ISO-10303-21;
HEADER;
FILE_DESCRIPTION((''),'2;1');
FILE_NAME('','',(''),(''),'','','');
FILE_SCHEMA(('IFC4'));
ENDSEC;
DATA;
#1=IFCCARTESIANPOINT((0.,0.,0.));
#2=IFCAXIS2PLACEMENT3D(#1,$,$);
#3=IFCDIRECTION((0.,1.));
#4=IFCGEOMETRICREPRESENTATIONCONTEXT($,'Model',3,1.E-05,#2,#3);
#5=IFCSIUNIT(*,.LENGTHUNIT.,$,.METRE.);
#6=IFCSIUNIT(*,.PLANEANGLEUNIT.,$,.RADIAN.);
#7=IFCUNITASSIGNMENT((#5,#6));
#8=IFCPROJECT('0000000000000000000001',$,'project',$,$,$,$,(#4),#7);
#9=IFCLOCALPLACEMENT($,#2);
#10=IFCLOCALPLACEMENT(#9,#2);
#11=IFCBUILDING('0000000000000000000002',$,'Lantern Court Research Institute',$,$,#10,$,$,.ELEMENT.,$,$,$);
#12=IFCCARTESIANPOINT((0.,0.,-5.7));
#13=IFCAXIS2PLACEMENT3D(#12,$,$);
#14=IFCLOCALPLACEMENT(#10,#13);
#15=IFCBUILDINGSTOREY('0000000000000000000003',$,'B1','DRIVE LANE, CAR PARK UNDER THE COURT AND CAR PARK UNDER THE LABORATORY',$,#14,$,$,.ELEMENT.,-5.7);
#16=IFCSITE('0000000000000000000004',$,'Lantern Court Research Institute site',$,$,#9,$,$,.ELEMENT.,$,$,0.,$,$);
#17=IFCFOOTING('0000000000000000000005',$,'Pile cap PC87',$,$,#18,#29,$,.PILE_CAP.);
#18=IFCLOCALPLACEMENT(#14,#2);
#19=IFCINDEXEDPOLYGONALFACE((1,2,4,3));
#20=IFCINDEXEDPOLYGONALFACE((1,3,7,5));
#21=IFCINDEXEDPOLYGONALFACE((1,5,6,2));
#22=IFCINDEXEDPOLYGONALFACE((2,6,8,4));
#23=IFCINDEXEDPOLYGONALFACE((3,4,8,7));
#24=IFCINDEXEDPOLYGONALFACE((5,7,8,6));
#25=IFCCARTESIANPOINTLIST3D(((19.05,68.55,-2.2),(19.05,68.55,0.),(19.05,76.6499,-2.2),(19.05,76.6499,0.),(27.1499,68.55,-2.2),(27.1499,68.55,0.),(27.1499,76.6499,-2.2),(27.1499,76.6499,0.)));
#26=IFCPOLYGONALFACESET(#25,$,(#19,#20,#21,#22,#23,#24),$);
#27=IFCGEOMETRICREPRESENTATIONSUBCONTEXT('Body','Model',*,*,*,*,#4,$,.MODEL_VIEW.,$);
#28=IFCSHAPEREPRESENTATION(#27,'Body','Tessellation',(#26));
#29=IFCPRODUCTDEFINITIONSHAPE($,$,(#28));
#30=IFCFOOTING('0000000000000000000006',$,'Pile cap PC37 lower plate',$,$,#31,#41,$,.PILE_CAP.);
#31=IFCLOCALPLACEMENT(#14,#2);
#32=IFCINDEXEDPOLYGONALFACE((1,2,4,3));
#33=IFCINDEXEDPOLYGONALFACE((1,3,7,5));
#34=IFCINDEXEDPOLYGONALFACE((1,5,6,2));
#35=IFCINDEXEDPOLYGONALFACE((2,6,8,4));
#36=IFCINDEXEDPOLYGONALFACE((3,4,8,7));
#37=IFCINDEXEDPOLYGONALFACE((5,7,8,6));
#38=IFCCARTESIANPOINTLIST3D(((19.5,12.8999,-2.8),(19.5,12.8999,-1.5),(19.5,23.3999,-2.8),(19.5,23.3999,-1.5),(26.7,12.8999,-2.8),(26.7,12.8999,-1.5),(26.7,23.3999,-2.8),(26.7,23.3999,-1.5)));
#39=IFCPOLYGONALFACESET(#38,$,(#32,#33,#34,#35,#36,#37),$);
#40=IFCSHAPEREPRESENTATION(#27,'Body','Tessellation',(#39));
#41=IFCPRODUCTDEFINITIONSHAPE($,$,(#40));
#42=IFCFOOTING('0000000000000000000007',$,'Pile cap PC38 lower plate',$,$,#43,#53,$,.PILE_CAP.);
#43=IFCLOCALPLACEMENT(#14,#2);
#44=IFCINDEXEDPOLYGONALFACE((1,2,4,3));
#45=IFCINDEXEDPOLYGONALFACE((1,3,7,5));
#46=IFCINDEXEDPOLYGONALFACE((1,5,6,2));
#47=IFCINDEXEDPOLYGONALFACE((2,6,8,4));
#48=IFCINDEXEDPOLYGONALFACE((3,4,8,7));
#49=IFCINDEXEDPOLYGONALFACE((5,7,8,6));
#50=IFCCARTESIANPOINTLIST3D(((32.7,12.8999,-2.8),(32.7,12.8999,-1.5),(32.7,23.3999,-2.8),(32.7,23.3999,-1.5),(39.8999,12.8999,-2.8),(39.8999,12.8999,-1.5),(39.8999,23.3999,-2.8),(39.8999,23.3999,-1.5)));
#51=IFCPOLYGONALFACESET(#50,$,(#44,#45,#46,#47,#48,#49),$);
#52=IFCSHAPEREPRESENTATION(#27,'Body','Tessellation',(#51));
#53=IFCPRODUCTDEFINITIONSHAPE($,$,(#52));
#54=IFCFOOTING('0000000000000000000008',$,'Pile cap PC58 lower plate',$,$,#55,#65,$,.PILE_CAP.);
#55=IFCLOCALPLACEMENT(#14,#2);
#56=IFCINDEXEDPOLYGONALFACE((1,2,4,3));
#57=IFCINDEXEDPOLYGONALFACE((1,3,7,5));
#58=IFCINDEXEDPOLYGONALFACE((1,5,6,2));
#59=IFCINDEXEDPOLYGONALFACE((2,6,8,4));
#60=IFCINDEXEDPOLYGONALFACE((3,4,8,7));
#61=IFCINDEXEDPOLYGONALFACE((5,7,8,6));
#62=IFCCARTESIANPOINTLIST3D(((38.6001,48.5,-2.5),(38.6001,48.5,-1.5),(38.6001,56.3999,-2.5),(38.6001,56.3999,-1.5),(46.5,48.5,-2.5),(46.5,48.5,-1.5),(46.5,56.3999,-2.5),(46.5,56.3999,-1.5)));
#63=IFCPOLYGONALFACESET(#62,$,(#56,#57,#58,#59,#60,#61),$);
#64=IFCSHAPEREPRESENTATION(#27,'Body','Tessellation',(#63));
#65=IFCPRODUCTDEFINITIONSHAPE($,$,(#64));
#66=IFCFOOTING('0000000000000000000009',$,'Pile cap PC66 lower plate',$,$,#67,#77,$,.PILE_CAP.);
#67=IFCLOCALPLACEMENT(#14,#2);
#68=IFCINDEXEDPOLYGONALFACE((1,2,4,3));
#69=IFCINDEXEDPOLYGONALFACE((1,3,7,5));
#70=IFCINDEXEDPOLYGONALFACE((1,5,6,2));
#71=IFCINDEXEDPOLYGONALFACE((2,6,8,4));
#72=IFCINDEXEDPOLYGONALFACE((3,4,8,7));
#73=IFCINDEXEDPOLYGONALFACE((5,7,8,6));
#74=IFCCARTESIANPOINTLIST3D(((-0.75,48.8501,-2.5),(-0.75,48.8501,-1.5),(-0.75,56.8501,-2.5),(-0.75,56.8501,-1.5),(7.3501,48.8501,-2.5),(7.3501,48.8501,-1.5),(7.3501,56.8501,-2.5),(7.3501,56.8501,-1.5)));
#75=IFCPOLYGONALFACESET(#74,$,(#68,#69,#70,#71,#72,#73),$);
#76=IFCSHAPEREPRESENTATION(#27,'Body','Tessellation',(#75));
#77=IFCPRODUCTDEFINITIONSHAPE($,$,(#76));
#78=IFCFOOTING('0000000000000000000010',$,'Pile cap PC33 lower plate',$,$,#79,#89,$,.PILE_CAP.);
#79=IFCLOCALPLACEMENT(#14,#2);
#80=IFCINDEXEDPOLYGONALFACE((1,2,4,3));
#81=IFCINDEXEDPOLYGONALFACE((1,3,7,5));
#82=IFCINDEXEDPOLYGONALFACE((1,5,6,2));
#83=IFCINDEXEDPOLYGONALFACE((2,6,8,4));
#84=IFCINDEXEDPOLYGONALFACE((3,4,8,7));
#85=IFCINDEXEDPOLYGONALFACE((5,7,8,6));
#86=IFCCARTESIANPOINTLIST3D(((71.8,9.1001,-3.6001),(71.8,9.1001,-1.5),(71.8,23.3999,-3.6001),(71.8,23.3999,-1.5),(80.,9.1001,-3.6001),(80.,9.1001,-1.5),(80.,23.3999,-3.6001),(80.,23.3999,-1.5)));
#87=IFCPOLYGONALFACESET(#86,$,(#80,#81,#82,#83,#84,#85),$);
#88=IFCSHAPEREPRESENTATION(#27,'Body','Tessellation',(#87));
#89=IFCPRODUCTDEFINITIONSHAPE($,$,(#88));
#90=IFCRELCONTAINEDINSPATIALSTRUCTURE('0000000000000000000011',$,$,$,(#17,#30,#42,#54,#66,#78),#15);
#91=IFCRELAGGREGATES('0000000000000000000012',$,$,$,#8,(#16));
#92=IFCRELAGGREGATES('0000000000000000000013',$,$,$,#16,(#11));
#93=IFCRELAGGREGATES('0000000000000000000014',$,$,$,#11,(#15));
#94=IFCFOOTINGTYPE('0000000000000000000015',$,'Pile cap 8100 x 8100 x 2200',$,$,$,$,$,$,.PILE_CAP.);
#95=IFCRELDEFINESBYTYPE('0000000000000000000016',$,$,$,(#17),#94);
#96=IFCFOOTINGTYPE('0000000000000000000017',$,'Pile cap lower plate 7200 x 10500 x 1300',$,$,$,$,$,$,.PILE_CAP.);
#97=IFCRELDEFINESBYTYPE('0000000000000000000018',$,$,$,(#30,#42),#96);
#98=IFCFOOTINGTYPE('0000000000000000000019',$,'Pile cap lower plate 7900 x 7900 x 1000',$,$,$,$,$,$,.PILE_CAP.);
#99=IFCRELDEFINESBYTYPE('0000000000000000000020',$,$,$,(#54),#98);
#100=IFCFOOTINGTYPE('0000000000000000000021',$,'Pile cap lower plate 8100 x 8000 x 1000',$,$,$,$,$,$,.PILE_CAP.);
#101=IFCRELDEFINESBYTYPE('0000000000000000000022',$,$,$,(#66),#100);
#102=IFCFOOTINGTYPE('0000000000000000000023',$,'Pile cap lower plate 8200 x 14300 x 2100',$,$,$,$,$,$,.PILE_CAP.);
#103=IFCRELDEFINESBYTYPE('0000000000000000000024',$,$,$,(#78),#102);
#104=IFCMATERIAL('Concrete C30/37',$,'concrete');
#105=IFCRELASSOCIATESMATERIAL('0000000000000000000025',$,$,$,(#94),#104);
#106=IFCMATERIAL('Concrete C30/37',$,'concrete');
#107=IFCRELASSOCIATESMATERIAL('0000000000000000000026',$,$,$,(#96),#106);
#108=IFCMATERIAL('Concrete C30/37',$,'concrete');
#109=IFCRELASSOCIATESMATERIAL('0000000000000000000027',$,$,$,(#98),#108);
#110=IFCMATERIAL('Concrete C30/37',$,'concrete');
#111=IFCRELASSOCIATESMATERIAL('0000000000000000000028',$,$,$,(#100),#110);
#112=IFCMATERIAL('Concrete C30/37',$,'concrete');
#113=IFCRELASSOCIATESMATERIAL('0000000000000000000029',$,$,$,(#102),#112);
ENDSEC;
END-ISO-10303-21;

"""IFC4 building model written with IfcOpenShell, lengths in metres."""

from ifc_helpers import new_model, si_unit, direction, frame, origin, place, context, subcontext, project, spatial, polyline, outline, extrude, material, type_object, element, save


model = new_model("IFC4")

# Units and contexts
model_context = context("Model", 3, precision=1e-05, world=origin(), true_north=direction((0.0, 1.0)))
body_context = subcontext(model_context, "Body", "Model", "MODEL_VIEW")
ifc_project = project(units=[si_unit("LENGTHUNIT", "METRE"), si_unit("PLANEANGLEUNIT", "RADIAN")], contexts=[model_context])

# Site, building, storey
site_placement = place(None, origin())
site = spatial("IfcSite", under=ifc_project, at=site_placement, Name="Lantern Court Research Institute site", CompositionType="ELEMENT", RefElevation=0.0)
building_placement = place(site_placement, origin())
building = spatial("IfcBuilding", under=site, at=building_placement, Name="Lantern Court Research Institute", CompositionType="ELEMENT")
storey_placement = place(building_placement, frame((0.0, 0.0, -5.7)))
storey = spatial("IfcBuildingStorey", under=building, at=storey_placement, Name="B1", Description="DRIVE LANE, CAR PARK UNDER THE COURT AND CAR PARK UNDER THE LABORATORY", CompositionType="ELEMENT", Elevation=-5.7)

# Footings
ifc_material_1 = material(Name="Concrete C30/37", Category="concrete")
footing_type_1 = type_object("IfcFootingType", Name="Pile cap 8100 x 8100 x 2200", PredefinedType="PILE_CAP", material=ifc_material_1)
footing_1_placement = place(storey_placement, frame((0.0, 0.0, -2.2)))
element("IfcFooting", 1, at=footing_1_placement, inside=storey, type_object=footing_type_1, Name="Pile cap PC87", PredefinedType="PILE_CAP", context=body_context, shape_type="SweptSolid", body=[
    extrude(outline(polyline([(19.05, 68.55), (27.1499, 68.55), (27.1499, 76.6499), (19.05, 76.6499), (19.05, 68.55)])), origin(), (0.0, 0.0, 1.0), 2.2),
])
ifc_material_2 = material(Name="Concrete C30/37", Category="concrete")
footing_type_2 = type_object("IfcFootingType", Name="Pile cap lower plate 7200 x 10500 x 1300", PredefinedType="PILE_CAP", material=ifc_material_2)
footing_2_placement = place(storey_placement, frame((0.0, 0.0, -2.8)))
element("IfcFooting", 2, at=footing_2_placement, inside=storey, type_object=footing_type_2, Name="Pile cap PC37 lower plate", PredefinedType="PILE_CAP", context=body_context, shape_type="SweptSolid", body=[
    extrude(outline(polyline([(19.5, 12.8999), (26.7, 12.8999), (26.7, 23.3999), (19.5, 23.3999), (19.5, 12.8999)])), origin(), (0.0, 0.0, 1.0), 1.3),
])
footing_3_placement = place(storey_placement, frame((0.0, 0.0, -2.8)))
element("IfcFooting", 3, at=footing_3_placement, inside=storey, type_object=footing_type_2, Name="Pile cap PC38 lower plate", PredefinedType="PILE_CAP", context=body_context, shape_type="SweptSolid", body=[
    extrude(outline(polyline([(32.7, 12.8999), (39.8999, 12.8999), (39.8999, 23.3999), (32.7, 23.3999), (32.7, 12.8999)])), origin(), (0.0, 0.0, 1.0), 1.3),
])
ifc_material_3 = material(Name="Concrete C30/37", Category="concrete")
footing_type_3 = type_object("IfcFootingType", Name="Pile cap lower plate 7900 x 7900 x 1000", PredefinedType="PILE_CAP", material=ifc_material_3)
footing_4_placement = place(storey_placement, frame((0.0, 0.0, -2.5)))
element("IfcFooting", 4, at=footing_4_placement, inside=storey, type_object=footing_type_3, Name="Pile cap PC58 lower plate", PredefinedType="PILE_CAP", context=body_context, shape_type="SweptSolid", body=[
    extrude(outline(polyline([(38.6001, 48.5), (46.5, 48.5), (46.5, 56.3999), (38.6001, 56.3999), (38.6001, 48.5)])), origin(), (0.0, 0.0, 1.0), 1.0),
])
ifc_material_4 = material(Name="Concrete C30/37", Category="concrete")
footing_type_4 = type_object("IfcFootingType", Name="Pile cap lower plate 8100 x 8000 x 1000", PredefinedType="PILE_CAP", material=ifc_material_4)
footing_5_placement = place(storey_placement, frame((0.0, 0.0, -2.5)))
element("IfcFooting", 5, at=footing_5_placement, inside=storey, type_object=footing_type_4, Name="Pile cap PC66 lower plate", PredefinedType="PILE_CAP", context=body_context, shape_type="SweptSolid", body=[
    extrude(outline(polyline([(-0.75, 48.8501), (7.3501, 48.8501), (7.3501, 56.8501), (-0.75, 56.8501), (-0.75, 48.8501)])), origin(), (0.0, 0.0, 1.0), 1.0),
])
ifc_material_5 = material(Name="Concrete C30/37", Category="concrete")
footing_type_5 = type_object("IfcFootingType", Name="Pile cap lower plate 8200 x 14300 x 2100", PredefinedType="PILE_CAP", material=ifc_material_5)
footing_6_placement = place(storey_placement, frame((0.0, 0.0, -3.6001)))
element("IfcFooting", 6, at=footing_6_placement, inside=storey, type_object=footing_type_5, Name="Pile cap PC33 lower plate", PredefinedType="PILE_CAP", context=body_context, shape_type="SweptSolid", body=[
    extrude(outline(polyline([(71.8, 9.1001), (80.0, 9.1001), (80.0, 23.3999), (71.8, 23.3999), (71.8, 9.1001)])), origin(), (0.0, 0.0, 1.0), 2.1001),
])

save(model, "model.ifc")
